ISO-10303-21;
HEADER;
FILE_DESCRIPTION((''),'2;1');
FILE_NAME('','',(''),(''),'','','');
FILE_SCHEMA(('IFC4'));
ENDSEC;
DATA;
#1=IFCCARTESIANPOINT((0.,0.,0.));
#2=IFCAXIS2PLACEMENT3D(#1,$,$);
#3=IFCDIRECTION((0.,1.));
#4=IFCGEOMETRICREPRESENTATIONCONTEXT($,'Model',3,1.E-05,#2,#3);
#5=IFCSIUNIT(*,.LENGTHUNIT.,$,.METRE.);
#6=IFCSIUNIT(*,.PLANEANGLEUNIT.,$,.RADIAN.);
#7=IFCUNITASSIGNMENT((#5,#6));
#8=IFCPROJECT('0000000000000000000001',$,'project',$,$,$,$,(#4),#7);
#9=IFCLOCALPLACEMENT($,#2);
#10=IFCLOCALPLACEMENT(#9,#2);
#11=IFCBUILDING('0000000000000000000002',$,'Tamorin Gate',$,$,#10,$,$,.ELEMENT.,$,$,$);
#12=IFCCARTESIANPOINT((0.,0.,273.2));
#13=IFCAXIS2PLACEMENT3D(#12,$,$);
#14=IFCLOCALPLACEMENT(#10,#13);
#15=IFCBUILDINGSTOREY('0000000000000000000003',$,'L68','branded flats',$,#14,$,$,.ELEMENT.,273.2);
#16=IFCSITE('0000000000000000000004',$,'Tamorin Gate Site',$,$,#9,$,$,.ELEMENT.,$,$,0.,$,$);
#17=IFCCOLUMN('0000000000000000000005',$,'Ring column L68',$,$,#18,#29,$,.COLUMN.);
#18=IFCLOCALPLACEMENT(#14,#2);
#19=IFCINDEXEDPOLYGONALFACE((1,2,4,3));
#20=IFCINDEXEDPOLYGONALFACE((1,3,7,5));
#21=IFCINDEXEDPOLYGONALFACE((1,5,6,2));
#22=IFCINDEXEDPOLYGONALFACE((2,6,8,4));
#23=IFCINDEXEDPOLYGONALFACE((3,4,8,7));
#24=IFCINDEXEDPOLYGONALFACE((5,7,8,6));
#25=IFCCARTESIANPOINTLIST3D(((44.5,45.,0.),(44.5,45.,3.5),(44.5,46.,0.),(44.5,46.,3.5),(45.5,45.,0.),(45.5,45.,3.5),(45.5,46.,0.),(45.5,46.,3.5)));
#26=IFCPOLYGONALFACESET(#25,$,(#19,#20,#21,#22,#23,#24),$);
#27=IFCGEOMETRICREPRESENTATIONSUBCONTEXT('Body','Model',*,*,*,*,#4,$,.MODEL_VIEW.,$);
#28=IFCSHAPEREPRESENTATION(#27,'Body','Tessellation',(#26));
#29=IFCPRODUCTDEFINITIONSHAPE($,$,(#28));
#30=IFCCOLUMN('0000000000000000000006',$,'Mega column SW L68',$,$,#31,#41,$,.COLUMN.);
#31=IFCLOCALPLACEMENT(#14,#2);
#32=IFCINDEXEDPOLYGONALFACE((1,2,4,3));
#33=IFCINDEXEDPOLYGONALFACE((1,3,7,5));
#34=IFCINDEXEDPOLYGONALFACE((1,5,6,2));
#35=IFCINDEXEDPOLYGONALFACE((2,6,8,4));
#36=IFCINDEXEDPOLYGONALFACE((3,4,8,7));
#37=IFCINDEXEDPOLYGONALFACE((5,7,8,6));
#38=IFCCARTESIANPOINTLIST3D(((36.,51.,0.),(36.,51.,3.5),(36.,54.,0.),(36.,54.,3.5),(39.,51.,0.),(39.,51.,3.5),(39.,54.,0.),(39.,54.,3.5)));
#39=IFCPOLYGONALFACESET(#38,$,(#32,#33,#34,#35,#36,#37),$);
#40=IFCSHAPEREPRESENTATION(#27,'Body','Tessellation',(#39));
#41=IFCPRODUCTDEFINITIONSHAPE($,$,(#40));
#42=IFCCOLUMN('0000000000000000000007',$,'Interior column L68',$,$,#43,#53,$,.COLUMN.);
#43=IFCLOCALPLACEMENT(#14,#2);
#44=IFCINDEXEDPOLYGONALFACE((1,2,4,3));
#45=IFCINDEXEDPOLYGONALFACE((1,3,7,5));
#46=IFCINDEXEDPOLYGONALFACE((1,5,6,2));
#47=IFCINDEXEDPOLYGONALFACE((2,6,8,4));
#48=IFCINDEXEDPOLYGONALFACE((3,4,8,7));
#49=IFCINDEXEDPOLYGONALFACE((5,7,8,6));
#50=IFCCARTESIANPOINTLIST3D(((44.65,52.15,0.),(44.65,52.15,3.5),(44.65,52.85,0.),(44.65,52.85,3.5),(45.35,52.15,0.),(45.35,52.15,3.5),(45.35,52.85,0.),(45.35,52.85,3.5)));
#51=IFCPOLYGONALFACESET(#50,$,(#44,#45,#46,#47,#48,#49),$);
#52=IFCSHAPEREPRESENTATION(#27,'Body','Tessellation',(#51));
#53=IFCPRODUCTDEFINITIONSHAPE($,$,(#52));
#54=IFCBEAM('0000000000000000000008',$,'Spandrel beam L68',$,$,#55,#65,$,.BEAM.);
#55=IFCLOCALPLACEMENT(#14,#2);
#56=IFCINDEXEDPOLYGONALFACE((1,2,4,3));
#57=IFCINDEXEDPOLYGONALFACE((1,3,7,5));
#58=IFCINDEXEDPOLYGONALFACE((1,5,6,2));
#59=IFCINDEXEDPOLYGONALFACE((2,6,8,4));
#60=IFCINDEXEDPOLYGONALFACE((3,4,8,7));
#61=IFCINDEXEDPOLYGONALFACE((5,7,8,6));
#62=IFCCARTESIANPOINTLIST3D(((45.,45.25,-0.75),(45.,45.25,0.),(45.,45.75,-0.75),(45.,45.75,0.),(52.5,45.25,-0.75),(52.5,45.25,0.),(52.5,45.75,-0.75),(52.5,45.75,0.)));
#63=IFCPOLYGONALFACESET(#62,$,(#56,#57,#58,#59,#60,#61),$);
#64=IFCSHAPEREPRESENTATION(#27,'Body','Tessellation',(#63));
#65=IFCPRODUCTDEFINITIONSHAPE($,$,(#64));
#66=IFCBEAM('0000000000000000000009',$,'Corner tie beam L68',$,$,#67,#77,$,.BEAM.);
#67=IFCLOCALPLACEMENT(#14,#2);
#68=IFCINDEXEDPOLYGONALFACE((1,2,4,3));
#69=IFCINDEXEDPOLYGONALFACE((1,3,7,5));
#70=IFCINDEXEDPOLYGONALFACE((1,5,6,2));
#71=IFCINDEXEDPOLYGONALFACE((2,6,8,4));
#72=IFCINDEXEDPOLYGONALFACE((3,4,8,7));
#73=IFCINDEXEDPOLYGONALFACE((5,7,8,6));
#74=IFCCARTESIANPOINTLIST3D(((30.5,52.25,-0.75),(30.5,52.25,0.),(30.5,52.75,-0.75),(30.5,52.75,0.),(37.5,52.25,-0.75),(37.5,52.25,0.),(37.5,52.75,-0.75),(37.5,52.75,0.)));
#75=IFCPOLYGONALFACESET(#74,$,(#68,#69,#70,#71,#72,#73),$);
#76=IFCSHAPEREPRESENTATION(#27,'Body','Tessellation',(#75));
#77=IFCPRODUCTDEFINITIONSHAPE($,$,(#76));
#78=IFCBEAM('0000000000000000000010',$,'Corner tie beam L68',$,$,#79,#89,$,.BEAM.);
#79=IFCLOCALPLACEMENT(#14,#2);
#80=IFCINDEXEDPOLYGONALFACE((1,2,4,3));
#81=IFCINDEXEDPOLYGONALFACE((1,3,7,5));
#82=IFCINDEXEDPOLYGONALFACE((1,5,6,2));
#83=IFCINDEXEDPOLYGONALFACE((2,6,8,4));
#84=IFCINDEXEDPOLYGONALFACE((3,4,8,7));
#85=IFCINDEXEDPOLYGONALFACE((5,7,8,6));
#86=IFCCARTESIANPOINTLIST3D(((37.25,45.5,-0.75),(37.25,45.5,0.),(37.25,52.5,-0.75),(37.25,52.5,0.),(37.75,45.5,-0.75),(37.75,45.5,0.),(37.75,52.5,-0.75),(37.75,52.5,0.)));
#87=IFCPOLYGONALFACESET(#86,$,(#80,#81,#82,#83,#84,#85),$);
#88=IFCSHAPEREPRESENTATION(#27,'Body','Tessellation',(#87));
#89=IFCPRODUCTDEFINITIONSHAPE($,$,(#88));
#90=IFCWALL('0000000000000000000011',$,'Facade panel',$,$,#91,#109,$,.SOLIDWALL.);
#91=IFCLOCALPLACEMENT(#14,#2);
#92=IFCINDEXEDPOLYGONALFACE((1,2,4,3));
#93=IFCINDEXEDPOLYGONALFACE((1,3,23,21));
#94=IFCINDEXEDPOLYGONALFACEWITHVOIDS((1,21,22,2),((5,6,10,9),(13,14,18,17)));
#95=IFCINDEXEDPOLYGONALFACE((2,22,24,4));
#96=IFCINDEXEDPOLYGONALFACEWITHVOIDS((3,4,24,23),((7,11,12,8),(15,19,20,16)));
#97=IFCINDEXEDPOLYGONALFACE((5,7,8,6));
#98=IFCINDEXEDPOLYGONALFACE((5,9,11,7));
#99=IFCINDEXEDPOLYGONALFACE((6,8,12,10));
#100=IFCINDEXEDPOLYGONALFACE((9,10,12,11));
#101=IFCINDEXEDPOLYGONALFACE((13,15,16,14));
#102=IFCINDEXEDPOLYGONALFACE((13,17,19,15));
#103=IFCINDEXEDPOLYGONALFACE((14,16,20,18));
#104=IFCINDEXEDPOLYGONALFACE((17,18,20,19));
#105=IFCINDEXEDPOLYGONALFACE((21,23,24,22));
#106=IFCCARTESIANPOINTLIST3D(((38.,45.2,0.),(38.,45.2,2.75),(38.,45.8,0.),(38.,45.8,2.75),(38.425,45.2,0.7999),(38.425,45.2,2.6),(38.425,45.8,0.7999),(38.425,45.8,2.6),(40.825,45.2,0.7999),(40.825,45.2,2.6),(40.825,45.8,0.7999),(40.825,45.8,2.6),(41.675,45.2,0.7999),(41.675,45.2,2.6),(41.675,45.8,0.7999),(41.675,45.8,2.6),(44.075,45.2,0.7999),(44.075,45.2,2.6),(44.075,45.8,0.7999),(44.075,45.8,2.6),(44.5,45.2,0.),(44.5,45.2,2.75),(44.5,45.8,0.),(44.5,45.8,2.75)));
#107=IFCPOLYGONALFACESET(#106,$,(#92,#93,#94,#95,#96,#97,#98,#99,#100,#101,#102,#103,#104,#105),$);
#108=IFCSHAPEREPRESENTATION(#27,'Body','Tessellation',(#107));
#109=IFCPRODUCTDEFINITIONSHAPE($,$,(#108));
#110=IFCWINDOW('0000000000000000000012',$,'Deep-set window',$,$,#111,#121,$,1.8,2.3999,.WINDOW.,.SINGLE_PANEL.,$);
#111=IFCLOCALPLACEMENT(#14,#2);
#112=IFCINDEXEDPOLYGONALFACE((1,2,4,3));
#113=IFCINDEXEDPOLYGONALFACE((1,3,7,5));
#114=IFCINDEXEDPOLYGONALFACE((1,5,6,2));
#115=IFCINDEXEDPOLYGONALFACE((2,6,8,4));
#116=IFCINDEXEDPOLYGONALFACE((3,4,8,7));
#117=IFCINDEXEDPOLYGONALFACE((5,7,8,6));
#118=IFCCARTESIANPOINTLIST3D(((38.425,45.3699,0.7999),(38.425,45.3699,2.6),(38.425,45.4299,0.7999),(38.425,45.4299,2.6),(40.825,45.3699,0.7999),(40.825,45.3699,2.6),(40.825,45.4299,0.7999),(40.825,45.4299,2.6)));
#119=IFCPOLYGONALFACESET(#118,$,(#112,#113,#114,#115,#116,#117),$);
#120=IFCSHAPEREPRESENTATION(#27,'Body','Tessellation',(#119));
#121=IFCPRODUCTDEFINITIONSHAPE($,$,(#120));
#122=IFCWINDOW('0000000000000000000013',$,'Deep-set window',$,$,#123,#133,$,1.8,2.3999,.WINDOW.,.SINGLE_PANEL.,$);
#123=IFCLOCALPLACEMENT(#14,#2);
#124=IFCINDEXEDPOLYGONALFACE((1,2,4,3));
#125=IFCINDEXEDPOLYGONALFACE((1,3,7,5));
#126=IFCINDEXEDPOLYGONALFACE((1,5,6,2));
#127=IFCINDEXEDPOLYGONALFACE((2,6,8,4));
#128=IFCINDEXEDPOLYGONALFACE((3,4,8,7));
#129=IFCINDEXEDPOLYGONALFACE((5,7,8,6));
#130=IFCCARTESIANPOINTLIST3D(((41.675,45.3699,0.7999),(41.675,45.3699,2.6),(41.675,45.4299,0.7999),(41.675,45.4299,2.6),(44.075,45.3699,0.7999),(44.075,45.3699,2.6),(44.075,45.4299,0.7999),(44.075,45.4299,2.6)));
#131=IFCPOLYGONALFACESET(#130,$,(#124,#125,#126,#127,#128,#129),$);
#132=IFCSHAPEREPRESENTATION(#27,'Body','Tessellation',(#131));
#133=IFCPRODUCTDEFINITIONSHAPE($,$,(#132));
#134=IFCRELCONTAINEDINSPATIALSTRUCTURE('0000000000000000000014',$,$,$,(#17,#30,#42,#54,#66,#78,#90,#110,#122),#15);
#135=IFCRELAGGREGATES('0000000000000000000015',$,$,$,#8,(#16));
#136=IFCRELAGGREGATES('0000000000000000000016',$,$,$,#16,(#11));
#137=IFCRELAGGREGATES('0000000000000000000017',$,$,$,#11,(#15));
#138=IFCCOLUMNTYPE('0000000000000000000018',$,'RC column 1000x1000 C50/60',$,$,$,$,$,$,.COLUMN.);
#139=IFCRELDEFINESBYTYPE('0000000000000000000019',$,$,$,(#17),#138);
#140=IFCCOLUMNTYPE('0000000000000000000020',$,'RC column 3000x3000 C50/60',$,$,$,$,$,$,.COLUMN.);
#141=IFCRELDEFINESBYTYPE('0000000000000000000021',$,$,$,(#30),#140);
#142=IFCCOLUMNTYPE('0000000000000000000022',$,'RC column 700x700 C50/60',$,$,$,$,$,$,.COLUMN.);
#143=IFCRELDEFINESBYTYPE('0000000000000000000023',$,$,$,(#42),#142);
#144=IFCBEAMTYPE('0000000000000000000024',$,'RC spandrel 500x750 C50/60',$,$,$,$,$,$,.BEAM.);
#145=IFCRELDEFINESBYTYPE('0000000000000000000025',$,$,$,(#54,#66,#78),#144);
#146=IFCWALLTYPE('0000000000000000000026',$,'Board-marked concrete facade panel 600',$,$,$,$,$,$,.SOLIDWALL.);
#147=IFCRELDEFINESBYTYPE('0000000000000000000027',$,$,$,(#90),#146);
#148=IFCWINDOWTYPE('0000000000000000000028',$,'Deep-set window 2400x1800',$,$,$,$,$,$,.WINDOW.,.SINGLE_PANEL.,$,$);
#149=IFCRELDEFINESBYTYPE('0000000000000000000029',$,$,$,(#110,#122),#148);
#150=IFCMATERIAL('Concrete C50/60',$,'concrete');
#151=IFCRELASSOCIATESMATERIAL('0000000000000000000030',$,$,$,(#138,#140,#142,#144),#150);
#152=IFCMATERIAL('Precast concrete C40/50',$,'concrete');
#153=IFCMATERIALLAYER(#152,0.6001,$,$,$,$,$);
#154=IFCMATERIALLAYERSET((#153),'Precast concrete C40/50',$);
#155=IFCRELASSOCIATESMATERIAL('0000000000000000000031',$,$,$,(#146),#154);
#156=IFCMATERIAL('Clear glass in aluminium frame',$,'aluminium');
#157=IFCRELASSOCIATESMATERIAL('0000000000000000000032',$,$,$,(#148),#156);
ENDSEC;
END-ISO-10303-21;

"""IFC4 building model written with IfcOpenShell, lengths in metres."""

from ifc_helpers import new_model, si_unit, direction, frame, frame_2d, origin, origin_2d, place, context, subcontext, project, spatial, rectangle, extrude, material, layer, layer_set, material_profile, profile_set, type_object, element, fill, save


model = new_model("IFC4")

# Units and contexts
model_context = context("Model", 3, precision=1e-05, world=origin(), true_north=direction((0.0, 1.0)))
body_context = subcontext(model_context, "Body", "Model", "MODEL_VIEW")
ifc_project = project(units=[si_unit("LENGTHUNIT", "METRE"), si_unit("PLANEANGLEUNIT", "RADIAN")], contexts=[model_context])

# Site, building, storey
site_placement = place(None, origin())
site = spatial("IfcSite", under=ifc_project, at=site_placement, Name="Tamorin Gate Site", CompositionType="ELEMENT", RefElevation=0.0)
building_placement = place(site_placement, origin())
building = spatial("IfcBuilding", under=site, at=building_placement, Name="Tamorin Gate", CompositionType="ELEMENT")
storey_placement = place(building_placement, frame((0.0, 0.0, 273.2)))
storey = spatial("IfcBuildingStorey", under=building, at=storey_placement, Name="L68", Description="branded flats", CompositionType="ELEMENT", Elevation=273.2)

# Columns
ifc_material_1 = material(Name="Concrete C50/60", Category="concrete")
ifc_material_profile_1 = material_profile(ifc_material_1, rectangle(XDim=1.0, YDim=1.0, at=origin_2d()), Name="RC 1000x1000")
ifc_profile_set_1 = profile_set([ifc_material_profile_1], Name="Concrete C50/60")
column_type_1 = type_object("IfcColumnType", Name="RC column 1000x1000 C50/60", PredefinedType="COLUMN", material=ifc_profile_set_1)
column_1_placement = place(storey_placement, frame((45.0, 45.5, 0.0), z_axis=(0.0, 0.0, 1.0), x_axis=(1.0, 0.0, 0.0)))
element("IfcColumn", 1, at=column_1_placement, inside=storey, type_object=column_type_1, Name="Ring column L68", PredefinedType="COLUMN", context=body_context, shape_type="SweptSolid", body=[
    extrude(rectangle(XDim=1.0, YDim=1.0, at=origin_2d()), origin(), (0.0, 0.0, 1.0), 3.5),
])
ifc_material_profile_2 = material_profile(ifc_material_1, rectangle(XDim=3.0, YDim=3.0, at=origin_2d()), Name="RC 3000x3000")
ifc_profile_set_2 = profile_set([ifc_material_profile_2], Name="Concrete C50/60")
column_type_2 = type_object("IfcColumnType", Name="RC column 3000x3000 C50/60", PredefinedType="COLUMN", material=ifc_profile_set_2)
column_2_placement = place(storey_placement, frame((37.5, 52.5, 0.0), z_axis=(0.0, 0.0, 1.0), x_axis=(1.0, 0.0, 0.0)))
element("IfcColumn", 2, at=column_2_placement, inside=storey, type_object=column_type_2, Name="Mega column SW L68", PredefinedType="COLUMN", context=body_context, shape_type="SweptSolid", body=[
    extrude(rectangle(XDim=3.0, YDim=3.0, at=origin_2d()), origin(), (0.0, 0.0, 1.0), 3.5),
])
ifc_material_profile_3 = material_profile(ifc_material_1, rectangle(XDim=0.7, YDim=0.7, at=origin_2d()), Name="RC 700x700")
ifc_profile_set_3 = profile_set([ifc_material_profile_3], Name="Concrete C50/60")
column_type_3 = type_object("IfcColumnType", Name="RC column 700x700 C50/60", PredefinedType="COLUMN", material=ifc_profile_set_3)
column_3_placement = place(storey_placement, frame((45.0, 52.5, 0.0), z_axis=(0.0, 0.0, 1.0), x_axis=(1.0, 0.0, 0.0)))
element("IfcColumn", 3, at=column_3_placement, inside=storey, type_object=column_type_3, Name="Interior column L68", PredefinedType="COLUMN", context=body_context, shape_type="SweptSolid", body=[
    extrude(rectangle(XDim=0.7, YDim=0.7, at=origin_2d()), origin(), (0.0, 0.0, 1.0), 3.5),
])

# Beams
ifc_material_profile_4 = material_profile(ifc_material_1, rectangle(XDim=0.5, YDim=0.75, at=origin_2d()), Name="RC 500x750")
ifc_profile_set_4 = profile_set([ifc_material_profile_4], Name="Concrete C50/60")
beam_type = type_object("IfcBeamType", Name="RC spandrel 500x750 C50/60", PredefinedType="BEAM", material=ifc_profile_set_4)
beam_placement = place(storey_placement, frame((45.0, 45.5, -0.375), z_axis=(1.0, 0.0, 0.0), x_axis=(0.0, 1.0, 0.0)))
element("IfcBeam", 4, at=beam_placement, inside=storey, type_object=beam_type, Name="Spandrel beam L68", PredefinedType="BEAM", context=body_context, shape_type="SweptSolid", body=[
    extrude(rectangle(XDim=0.5, YDim=0.75, at=origin_2d()), origin(), (0.0, 0.0, 1.0), 7.5),
])
for number, where, z_axis, x_axis, name in (
    (5, (37.5, 52.5, -0.375), (-1.0, 0.0, 0.0), (0.0, -1.0, 0.0), "Corner tie beam L68"),
    (6, (37.5, 52.5, -0.375), (0.0, -1.0, 0.0), (1.0, 0.0, 0.0), "Corner tie beam L68"),
):
    element("IfcBeam", number, at=place(storey_placement, frame(where, z_axis=z_axis, x_axis=x_axis)), inside=storey, type_object=beam_type, Name=name, PredefinedType="BEAM", context=body_context, shape_type="SweptSolid", body=[
        extrude(rectangle(XDim=0.5, YDim=0.75, at=origin_2d()), origin(), (0.0, 0.0, 1.0), 7.0),
    ])

# Wall, openings, windows
ifc_material_2 = material(Name="Precast concrete C40/50", Category="concrete")
ifc_layer_1 = layer(ifc_material_2, 0.6001)
ifc_layer_set_1 = layer_set([ifc_layer_1], Name="Precast concrete C40/50")
wall_type_1 = type_object("IfcWallType", Name="Board-marked concrete facade panel 600", PredefinedType="SOLIDWALL", material=ifc_layer_set_1)
wall_1_placement = place(storey_placement, frame((38.0, 45.5, 0.0), z_axis=(0.0, 0.0, 1.0), x_axis=(1.0, 0.0, 0.0)))
wall_1 = element("IfcWall", 7, at=wall_1_placement, inside=storey, type_object=wall_type_1, Name="Facade panel", PredefinedType="SOLIDWALL", context=body_context, shape_type="SweptSolid", body=[
    extrude(rectangle(XDim=6.5, YDim=0.6001, at=frame_2d((3.25, 0.0))), origin(), (0.0, 0.0, 1.0), 2.75),
])
opening_1_placement = place(wall_1_placement, frame((0.425, 0.0, 0.8)))
opening_1 = element("IfcOpeningElement", 8, at=opening_1_placement, cuts=wall_1, PredefinedType="OPENING", context=body_context, shape_type="SweptSolid", body=[
    extrude(rectangle(XDim=2.3999, YDim=1.8, at=frame_2d((1.2, 0.8999))), frame((0.0, 0.3101, 0.0), z_axis=(0.0, -1.0, 0.0), x_axis=(1.0, 0.0, 0.0)), (0.0, 0.0, 1.0), 0.6201),
])
opening_2_placement = place(wall_1_placement, frame((3.675, 0.0, 0.8)))
opening_2 = element("IfcOpeningElement", 9, at=opening_2_placement, cuts=wall_1, PredefinedType="OPENING", context=body_context, shape_type="SweptSolid", body=[
    extrude(rectangle(XDim=2.3999, YDim=1.8, at=frame_2d((1.2, 0.8999))), frame((0.0, 0.3101, 0.0), z_axis=(0.0, -1.0, 0.0), x_axis=(1.0, 0.0, 0.0)), (0.0, 0.0, 1.0), 0.6201),
])
ifc_material_3 = material(Name="Clear glass in aluminium frame", Category="aluminium")
window_type = type_object("IfcWindowType", Name="Deep-set window 2400x1800", PartitioningType="SINGLE_PANEL", PredefinedType="WINDOW", material=ifc_material_3)
window_1_placement = place(opening_1_placement, origin())
window_1 = element("IfcWindow", 10, at=window_1_placement, inside=storey, type_object=window_type, Name="Deep-set window", OverallHeight=1.8, OverallWidth=2.3999, PartitioningType="SINGLE_PANEL", PredefinedType="WINDOW", context=body_context, shape_type="SweptSolid", body=[
    extrude(rectangle(XDim=2.3999, YDim=1.8, at=frame_2d((1.2, 0.8999))), frame((0.0, -0.0701, 0.0), z_axis=(0.0, -1.0, 0.0), x_axis=(1.0, 0.0, 0.0)), (0.0, 0.0, 1.0), 0.0601),
])
fill(opening_1, window_1)
window_2_placement = place(opening_2_placement, origin())
window_2 = element("IfcWindow", 11, at=window_2_placement, inside=storey, type_object=window_type, Name="Deep-set window", OverallHeight=1.8, OverallWidth=2.3999, PartitioningType="SINGLE_PANEL", PredefinedType="WINDOW", context=body_context, shape_type="SweptSolid", body=[
    extrude(rectangle(XDim=2.3999, YDim=1.8, at=frame_2d((1.2, 0.8999))), frame((0.0, -0.0701, 0.0), z_axis=(0.0, -1.0, 0.0), x_axis=(1.0, 0.0, 0.0)), (0.0, 0.0, 1.0), 0.0601),
])
fill(opening_2, window_2)

save(model, "model.ifc")
